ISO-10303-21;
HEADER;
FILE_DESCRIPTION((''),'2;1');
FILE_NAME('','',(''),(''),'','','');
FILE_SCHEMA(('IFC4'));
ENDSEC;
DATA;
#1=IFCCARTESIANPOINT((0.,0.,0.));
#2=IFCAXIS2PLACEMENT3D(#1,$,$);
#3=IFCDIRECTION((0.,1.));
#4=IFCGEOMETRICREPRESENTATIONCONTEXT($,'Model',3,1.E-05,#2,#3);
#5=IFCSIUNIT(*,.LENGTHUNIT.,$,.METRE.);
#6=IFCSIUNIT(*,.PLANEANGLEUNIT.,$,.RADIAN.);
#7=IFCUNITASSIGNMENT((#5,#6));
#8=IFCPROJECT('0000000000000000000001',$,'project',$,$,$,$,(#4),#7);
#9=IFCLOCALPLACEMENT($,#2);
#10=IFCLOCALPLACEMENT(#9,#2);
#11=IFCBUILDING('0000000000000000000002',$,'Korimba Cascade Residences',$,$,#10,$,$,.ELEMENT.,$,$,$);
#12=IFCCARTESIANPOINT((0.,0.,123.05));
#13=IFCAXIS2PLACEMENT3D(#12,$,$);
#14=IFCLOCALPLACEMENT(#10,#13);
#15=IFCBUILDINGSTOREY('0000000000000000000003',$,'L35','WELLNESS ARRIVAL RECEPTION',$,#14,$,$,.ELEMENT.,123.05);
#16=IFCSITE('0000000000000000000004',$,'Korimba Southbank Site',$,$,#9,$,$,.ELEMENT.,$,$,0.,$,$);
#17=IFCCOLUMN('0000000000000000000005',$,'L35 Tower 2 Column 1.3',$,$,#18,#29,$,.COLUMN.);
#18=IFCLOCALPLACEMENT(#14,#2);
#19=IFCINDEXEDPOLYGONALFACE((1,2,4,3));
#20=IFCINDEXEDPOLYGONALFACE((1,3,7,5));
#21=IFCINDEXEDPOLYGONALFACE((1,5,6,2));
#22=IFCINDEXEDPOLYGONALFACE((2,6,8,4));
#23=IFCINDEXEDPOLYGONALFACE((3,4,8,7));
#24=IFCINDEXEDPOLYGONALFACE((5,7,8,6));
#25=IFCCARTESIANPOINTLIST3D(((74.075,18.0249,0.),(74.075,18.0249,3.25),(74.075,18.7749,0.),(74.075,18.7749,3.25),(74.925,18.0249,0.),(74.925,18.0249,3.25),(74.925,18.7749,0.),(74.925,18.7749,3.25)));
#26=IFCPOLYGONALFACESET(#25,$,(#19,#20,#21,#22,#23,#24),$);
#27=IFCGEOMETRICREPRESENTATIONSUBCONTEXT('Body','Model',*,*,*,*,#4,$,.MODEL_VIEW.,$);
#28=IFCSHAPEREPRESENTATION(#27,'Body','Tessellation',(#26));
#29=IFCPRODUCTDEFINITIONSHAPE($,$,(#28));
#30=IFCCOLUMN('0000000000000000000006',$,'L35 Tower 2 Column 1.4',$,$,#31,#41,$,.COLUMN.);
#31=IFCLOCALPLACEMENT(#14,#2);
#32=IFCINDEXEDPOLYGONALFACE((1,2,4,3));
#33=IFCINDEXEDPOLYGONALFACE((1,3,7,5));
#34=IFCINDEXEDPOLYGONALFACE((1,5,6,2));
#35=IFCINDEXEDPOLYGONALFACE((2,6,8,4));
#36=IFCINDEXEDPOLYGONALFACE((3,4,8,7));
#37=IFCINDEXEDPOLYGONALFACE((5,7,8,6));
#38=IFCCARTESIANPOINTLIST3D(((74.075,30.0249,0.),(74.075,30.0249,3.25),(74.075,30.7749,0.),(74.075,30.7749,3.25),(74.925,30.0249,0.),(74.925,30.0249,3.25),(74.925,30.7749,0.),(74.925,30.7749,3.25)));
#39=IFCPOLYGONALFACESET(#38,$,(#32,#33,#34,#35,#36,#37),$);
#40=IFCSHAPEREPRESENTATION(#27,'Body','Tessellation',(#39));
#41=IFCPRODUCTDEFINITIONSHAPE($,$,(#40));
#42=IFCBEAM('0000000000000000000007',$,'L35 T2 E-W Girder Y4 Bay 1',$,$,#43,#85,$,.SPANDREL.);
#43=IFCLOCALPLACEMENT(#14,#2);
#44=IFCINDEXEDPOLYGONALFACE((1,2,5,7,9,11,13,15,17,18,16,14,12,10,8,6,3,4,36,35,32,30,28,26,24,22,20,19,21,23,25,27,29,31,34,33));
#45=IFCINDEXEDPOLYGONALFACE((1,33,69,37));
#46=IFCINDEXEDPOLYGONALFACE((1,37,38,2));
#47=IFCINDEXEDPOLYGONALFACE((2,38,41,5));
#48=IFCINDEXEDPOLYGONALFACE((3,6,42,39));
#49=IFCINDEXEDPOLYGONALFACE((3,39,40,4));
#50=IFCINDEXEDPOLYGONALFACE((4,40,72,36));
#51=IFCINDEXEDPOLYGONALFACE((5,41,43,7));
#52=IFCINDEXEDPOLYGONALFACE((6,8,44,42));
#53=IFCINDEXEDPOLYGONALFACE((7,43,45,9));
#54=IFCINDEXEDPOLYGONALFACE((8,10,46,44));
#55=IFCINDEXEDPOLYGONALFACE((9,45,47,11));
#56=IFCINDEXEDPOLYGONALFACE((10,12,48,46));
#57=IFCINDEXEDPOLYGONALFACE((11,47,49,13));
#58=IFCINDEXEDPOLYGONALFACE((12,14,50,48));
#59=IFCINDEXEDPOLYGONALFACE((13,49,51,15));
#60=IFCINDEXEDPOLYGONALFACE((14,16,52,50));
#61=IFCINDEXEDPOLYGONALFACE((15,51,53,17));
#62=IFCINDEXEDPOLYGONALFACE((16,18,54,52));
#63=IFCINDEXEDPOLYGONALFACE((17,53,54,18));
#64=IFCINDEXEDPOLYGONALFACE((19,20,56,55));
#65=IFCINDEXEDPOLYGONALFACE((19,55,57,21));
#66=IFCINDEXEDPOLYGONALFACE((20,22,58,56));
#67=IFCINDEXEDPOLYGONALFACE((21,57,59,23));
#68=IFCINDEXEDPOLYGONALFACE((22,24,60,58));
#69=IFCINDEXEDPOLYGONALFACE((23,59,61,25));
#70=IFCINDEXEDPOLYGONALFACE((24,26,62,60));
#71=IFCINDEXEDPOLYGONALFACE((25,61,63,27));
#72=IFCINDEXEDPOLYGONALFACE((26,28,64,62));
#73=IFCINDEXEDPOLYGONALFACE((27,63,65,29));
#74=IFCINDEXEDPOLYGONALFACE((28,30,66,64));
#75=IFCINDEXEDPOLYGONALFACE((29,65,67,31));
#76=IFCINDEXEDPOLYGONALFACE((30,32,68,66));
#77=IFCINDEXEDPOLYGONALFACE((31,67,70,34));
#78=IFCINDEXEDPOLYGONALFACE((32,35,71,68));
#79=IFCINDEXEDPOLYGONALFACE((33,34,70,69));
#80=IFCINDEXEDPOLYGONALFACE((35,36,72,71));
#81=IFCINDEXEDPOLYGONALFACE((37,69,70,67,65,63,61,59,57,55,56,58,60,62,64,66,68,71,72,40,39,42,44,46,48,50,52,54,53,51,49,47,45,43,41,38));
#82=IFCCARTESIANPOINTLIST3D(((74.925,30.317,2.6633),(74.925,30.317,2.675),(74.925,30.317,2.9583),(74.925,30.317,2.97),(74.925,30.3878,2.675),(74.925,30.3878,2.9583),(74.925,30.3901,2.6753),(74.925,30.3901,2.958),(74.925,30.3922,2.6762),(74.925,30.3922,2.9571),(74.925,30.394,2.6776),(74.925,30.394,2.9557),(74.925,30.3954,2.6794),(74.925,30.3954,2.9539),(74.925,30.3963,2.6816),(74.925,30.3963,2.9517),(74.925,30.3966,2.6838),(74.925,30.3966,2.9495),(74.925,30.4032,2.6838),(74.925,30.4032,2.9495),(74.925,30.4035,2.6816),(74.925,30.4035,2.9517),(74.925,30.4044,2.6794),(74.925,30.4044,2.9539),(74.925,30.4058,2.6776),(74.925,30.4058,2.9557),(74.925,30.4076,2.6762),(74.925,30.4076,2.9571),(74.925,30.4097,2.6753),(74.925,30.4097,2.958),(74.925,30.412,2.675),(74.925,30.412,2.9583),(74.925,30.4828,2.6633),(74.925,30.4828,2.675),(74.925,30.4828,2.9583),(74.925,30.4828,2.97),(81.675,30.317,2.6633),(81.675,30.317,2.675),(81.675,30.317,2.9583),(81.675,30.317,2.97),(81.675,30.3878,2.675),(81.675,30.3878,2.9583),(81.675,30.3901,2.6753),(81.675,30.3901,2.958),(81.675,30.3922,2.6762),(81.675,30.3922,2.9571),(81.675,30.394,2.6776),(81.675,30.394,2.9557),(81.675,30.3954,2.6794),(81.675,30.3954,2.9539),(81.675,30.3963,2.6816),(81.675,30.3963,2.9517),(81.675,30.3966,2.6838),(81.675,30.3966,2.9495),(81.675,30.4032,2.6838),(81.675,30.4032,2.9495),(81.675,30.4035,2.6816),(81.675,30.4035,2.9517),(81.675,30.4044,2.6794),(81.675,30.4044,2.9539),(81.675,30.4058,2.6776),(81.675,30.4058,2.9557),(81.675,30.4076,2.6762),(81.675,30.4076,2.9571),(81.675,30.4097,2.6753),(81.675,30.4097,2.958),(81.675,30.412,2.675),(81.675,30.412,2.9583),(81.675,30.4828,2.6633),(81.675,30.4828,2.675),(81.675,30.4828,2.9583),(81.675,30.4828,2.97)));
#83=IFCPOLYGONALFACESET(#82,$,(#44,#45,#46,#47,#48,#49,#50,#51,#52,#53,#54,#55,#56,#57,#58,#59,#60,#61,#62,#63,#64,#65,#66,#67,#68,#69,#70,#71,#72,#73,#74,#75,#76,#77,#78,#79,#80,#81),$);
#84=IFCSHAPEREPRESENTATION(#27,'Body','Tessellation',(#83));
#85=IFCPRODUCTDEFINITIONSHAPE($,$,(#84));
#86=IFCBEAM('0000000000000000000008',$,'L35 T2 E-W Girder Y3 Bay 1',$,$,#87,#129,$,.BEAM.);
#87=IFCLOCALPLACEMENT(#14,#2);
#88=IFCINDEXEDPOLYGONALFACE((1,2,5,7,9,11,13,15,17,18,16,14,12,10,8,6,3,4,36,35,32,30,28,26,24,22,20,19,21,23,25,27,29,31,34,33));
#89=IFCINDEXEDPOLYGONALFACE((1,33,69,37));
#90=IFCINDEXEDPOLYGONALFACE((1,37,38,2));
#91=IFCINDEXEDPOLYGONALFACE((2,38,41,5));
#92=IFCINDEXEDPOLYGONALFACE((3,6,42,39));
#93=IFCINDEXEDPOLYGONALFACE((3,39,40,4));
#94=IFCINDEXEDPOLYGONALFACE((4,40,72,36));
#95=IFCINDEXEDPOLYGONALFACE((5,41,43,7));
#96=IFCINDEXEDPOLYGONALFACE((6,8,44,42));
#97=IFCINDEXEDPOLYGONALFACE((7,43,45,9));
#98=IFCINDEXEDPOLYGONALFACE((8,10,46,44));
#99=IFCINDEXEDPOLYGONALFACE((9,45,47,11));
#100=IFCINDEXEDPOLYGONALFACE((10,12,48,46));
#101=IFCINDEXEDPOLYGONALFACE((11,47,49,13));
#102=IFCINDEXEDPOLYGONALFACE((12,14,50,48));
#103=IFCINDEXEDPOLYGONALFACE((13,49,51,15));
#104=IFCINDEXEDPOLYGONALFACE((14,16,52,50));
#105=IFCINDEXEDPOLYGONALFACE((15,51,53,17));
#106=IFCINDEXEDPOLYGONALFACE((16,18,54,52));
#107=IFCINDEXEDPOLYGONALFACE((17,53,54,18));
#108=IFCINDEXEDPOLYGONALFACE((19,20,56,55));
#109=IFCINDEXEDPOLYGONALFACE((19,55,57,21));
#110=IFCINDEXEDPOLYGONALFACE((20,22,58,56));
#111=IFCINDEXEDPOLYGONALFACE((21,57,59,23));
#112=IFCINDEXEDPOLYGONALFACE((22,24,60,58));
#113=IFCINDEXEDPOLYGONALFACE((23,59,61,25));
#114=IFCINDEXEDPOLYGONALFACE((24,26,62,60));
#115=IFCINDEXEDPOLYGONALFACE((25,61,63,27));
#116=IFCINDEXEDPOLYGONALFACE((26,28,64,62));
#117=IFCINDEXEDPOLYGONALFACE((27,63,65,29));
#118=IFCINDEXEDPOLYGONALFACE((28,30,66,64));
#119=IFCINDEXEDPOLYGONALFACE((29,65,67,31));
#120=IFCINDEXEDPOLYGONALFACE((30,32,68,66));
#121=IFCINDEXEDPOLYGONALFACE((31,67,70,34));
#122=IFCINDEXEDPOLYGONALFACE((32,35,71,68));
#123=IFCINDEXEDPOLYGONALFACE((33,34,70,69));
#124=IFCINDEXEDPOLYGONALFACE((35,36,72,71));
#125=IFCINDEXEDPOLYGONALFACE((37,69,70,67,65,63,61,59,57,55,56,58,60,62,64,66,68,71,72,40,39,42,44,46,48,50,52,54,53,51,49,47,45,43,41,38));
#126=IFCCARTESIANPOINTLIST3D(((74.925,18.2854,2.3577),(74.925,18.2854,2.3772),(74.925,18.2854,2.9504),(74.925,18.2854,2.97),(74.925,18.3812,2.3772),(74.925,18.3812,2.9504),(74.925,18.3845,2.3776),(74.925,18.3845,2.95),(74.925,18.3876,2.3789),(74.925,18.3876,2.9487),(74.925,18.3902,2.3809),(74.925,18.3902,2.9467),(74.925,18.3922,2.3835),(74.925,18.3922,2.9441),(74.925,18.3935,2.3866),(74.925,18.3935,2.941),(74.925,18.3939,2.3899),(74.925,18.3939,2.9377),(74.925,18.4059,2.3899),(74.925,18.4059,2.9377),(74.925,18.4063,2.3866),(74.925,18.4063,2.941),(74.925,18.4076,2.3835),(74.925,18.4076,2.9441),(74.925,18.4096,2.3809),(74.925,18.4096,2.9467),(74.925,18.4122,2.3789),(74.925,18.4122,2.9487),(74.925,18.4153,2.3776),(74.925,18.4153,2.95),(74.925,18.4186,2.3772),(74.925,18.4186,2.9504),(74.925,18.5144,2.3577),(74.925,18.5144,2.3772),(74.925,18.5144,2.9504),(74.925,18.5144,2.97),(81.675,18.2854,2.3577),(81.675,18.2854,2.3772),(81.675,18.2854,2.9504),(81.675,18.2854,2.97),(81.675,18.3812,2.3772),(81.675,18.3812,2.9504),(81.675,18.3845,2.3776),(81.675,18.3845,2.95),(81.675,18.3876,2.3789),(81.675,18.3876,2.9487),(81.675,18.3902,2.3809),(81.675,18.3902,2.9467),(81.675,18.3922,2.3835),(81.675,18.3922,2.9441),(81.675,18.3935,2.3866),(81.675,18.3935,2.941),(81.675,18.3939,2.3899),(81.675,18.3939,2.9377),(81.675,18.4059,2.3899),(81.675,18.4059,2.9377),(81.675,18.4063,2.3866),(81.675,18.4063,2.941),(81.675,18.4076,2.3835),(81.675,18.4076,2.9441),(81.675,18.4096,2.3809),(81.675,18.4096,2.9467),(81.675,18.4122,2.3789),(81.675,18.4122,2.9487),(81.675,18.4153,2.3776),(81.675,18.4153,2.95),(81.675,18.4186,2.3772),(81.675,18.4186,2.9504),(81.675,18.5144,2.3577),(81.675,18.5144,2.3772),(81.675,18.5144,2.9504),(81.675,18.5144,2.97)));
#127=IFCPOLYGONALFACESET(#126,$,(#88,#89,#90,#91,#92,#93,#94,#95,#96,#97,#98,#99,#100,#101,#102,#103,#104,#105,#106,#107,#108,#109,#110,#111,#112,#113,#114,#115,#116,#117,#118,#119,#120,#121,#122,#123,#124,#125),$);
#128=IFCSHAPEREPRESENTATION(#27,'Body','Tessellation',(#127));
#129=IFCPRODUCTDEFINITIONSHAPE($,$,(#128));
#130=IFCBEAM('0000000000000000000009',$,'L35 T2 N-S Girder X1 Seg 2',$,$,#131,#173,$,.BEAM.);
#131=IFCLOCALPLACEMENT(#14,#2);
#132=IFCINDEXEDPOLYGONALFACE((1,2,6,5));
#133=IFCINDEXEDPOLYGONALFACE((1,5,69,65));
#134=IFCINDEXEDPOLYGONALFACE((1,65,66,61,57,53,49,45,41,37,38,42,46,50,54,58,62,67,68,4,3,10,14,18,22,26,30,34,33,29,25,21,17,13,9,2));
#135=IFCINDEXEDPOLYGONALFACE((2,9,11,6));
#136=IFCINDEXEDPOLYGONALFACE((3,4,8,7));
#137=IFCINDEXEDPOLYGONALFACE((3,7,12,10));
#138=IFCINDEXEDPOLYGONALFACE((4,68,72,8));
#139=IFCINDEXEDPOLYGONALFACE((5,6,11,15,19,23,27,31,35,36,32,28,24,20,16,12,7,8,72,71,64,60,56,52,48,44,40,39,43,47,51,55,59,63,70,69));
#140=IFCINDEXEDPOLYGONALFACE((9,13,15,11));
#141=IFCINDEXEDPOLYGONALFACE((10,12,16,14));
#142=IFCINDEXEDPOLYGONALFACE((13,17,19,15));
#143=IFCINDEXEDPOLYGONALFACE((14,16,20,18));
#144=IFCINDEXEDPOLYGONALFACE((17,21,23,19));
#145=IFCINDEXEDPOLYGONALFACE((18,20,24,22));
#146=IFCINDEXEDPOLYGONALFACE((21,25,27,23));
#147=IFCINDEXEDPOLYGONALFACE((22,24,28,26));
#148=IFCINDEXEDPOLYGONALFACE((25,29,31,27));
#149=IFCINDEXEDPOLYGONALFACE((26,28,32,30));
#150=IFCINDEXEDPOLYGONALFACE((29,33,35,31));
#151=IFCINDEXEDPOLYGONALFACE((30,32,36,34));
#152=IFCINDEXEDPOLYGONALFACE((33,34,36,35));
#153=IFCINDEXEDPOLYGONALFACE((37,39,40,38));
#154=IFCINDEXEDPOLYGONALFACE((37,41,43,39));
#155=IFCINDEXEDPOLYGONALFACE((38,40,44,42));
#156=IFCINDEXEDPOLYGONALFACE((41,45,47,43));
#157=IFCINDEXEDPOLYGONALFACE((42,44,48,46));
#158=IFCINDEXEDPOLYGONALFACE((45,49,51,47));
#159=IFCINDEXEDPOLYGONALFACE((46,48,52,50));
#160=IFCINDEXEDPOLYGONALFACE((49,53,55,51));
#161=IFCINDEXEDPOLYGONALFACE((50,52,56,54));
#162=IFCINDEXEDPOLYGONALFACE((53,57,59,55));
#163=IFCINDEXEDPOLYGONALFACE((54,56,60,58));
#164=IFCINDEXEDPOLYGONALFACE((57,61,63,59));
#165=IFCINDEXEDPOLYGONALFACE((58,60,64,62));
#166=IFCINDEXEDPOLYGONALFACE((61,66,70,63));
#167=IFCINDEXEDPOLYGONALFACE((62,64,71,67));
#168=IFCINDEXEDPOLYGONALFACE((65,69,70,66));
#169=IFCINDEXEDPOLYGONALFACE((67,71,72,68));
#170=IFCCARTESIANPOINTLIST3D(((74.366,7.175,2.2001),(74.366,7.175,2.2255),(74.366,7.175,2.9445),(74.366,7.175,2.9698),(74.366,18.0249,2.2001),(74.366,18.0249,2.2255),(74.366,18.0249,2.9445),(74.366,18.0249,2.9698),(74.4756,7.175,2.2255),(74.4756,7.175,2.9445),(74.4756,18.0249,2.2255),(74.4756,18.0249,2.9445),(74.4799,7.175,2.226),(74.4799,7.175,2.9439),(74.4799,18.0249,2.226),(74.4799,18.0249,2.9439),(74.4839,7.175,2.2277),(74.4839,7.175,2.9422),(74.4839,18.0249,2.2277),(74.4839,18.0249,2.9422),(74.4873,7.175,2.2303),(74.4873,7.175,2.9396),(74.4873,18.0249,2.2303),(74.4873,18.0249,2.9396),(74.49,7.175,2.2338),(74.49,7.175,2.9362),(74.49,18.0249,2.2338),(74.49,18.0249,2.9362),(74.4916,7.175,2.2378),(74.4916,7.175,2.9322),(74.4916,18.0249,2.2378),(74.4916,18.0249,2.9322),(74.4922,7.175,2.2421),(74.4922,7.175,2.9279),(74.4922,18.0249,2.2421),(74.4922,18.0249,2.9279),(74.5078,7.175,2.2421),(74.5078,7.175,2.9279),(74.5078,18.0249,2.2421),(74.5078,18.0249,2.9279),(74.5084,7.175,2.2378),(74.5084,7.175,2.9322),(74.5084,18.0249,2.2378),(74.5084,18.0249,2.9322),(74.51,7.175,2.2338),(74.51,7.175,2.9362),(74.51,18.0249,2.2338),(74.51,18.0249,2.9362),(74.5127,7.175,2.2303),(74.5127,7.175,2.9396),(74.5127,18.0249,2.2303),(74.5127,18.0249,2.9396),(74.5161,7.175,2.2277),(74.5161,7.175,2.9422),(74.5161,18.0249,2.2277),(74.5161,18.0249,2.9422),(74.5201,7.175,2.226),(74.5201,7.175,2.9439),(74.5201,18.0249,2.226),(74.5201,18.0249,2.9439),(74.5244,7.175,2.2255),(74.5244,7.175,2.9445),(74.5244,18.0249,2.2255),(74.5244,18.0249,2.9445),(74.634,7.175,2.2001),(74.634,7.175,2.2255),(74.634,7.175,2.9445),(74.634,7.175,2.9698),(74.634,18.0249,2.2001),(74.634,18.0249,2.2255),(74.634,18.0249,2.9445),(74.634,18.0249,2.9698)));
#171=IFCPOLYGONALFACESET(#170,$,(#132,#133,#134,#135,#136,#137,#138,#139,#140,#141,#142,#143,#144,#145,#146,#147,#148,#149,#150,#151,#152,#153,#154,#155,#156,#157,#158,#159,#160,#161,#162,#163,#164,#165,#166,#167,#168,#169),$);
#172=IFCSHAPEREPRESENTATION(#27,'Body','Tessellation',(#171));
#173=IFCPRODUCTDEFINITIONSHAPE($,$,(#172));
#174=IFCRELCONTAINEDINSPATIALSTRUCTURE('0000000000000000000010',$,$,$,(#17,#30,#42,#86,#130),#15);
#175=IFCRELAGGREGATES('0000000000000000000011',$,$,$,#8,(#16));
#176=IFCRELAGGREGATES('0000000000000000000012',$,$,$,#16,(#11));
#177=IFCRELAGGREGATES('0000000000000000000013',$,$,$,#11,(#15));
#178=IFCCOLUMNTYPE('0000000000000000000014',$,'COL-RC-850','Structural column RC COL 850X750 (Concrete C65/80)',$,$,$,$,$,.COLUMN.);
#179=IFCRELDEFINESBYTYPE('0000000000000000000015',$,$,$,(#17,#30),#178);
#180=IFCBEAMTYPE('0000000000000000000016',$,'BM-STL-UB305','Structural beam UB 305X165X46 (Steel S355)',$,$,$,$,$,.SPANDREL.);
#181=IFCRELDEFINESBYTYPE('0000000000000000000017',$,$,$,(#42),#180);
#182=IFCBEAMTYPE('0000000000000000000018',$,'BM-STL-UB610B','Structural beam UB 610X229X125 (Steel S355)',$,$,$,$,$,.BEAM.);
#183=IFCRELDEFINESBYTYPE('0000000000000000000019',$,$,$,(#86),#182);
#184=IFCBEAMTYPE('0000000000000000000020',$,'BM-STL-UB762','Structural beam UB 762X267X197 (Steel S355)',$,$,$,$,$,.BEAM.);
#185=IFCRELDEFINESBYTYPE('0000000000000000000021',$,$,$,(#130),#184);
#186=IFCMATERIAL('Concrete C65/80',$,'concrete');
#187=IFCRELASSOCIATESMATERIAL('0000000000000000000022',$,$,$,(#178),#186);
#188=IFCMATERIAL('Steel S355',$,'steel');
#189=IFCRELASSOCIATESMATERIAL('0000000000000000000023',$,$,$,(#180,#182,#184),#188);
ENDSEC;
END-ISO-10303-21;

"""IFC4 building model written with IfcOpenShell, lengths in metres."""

from ifc_helpers import new_model, si_unit, direction, frame, origin, origin_2d, place, context, subcontext, project, spatial, rectangle, i_section, extrude, material, material_profile, profile_set, type_object, element, save


model = new_model("IFC4")

# Units and contexts
model_context = context("Model", 3, precision=1e-05, world=origin(), true_north=direction((0.0, 1.0)))
body_context = subcontext(model_context, "Body", "Model", "MODEL_VIEW")
ifc_project = project(units=[si_unit("LENGTHUNIT", "METRE"), si_unit("PLANEANGLEUNIT", "RADIAN")], contexts=[model_context])

# Site, building, storey
site_placement = place(None, origin())
site = spatial("IfcSite", under=ifc_project, at=site_placement, Name="Korimba Southbank Site", CompositionType="ELEMENT", RefElevation=0.0)
building_placement = place(site_placement, origin())
building = spatial("IfcBuilding", under=site, at=building_placement, Name="Korimba Cascade Residences", CompositionType="ELEMENT")
storey_placement = place(building_placement, frame((0.0, 0.0, 123.05)))
storey = spatial("IfcBuildingStorey", under=building, at=storey_placement, Name="L35", Description="WELLNESS ARRIVAL RECEPTION", CompositionType="ELEMENT", Elevation=123.05)

# Columns
ifc_material_1 = material(Name="Concrete C65/80", Category="concrete")
ifc_material_profile_1 = material_profile(ifc_material_1, rectangle(XDim=0.8501, YDim=0.75, at=origin_2d()), Name="Concrete C65/80")
ifc_profile_set_1 = profile_set([ifc_material_profile_1], Name="Concrete C65/80")
column_type = type_object("IfcColumnType", Name="COL-RC-850", Description="Structural column RC COL 850X750 (Concrete C65/80)", PredefinedType="COLUMN", material=ifc_profile_set_1)
for number, where, z_axis, x_axis, name in (
    (1, (74.5, 18.3999, 0.0), (0.0, 0.0, 1.0), (1.0, 0.0, 0.0), "L35 Tower 2 Column 1.3"),
    (2, (74.5, 30.3999, 0.0), (0.0, 0.0, 1.0), (1.0, 0.0, 0.0), "L35 Tower 2 Column 1.4"),
):
    element("IfcColumn", number, at=place(storey_placement, frame(where, z_axis=z_axis, x_axis=x_axis)), inside=storey, type_object=column_type, Name=name, PredefinedType="COLUMN", context=body_context, shape_type="SweptSolid", body=[
        extrude(rectangle(XDim=0.8501, YDim=0.75, at=origin_2d()), origin(), (0.0, 0.0, 1.0), 3.25),
    ])

# Beams
ifc_material_2 = material(Name="Steel S355", Category="steel")
ifc_material_profile_2 = material_profile(ifc_material_2, i_section(OverallWidth=0.1658, OverallDepth=0.3066, WebThickness=0.0066, FlangeThickness=0.0117, FilletRadius=0.0088, at=origin_2d()), Name="Steel S355")
ifc_profile_set_2 = profile_set([ifc_material_profile_2], Name="Steel S355")
beam_type_1 = type_object("IfcBeamType", Name="BM-STL-UB305", Description="Structural beam UB 305X165X46 (Steel S355)", PredefinedType="SPANDREL", material=ifc_profile_set_2)
beam_1_placement = place(storey_placement, frame((74.925, 30.3999, 2.8167), z_axis=(1.0, 0.0, 0.0), x_axis=(0.0, 1.0, 0.0)))
element("IfcBeam", 3, at=beam_1_placement, inside=storey, type_object=beam_type_1, Name="L35 T2 E-W Girder Y4 Bay 1", PredefinedType="SPANDREL", context=body_context, shape_type="SweptSolid", body=[
    extrude(i_section(OverallWidth=0.1658, OverallDepth=0.3066, WebThickness=0.0066, FlangeThickness=0.0117, FilletRadius=0.0088, at=origin_2d()), origin(), (0.0, 0.0, 1.0), 6.75),
])
ifc_material_profile_3 = material_profile(ifc_material_2, i_section(OverallWidth=0.229, OverallDepth=0.6123, WebThickness=0.012, FlangeThickness=0.0195, FilletRadius=0.0127, at=origin_2d()), Name="Steel S355")
ifc_profile_set_3 = profile_set([ifc_material_profile_3], Name="Steel S355")
beam_type_2 = type_object("IfcBeamType", Name="BM-STL-UB610B", Description="Structural beam UB 610X229X125 (Steel S355)", PredefinedType="BEAM", material=ifc_profile_set_3)
beam_2_placement = place(storey_placement, frame((74.925, 18.3999, 2.6638), z_axis=(1.0, 0.0, 0.0), x_axis=(0.0, 1.0, 0.0)))
element("IfcBeam", 4, at=beam_2_placement, inside=storey, type_object=beam_type_2, Name="L35 T2 E-W Girder Y3 Bay 1", PredefinedType="BEAM", context=body_context, shape_type="SweptSolid", body=[
    extrude(i_section(OverallWidth=0.229, OverallDepth=0.6123, WebThickness=0.012, FlangeThickness=0.0195, FilletRadius=0.0127, at=origin_2d()), origin(), (0.0, 0.0, 1.0), 6.75),
])
ifc_material_profile_4 = material_profile(ifc_material_2, i_section(OverallWidth=0.2681, OverallDepth=0.7698, WebThickness=0.0156, FlangeThickness=0.0254, FilletRadius=0.0166, at=origin_2d()), Name="Steel S355")
ifc_profile_set_4 = profile_set([ifc_material_profile_4], Name="Steel S355")
beam_type_3 = type_object("IfcBeamType", Name="BM-STL-UB762", Description="Structural beam UB 762X267X197 (Steel S355)", PredefinedType="BEAM", material=ifc_profile_set_4)
beam_3_placement = place(storey_placement, frame((74.5, 7.175, 2.585), z_axis=(0.0, 1.0, 0.0), x_axis=(-1.0, 0.0, 0.0)))
element("IfcBeam", 5, at=beam_3_placement, inside=storey, type_object=beam_type_3, Name="L35 T2 N-S Girder X1 Seg 2", PredefinedType="BEAM", context=body_context, shape_type="SweptSolid", body=[
    extrude(i_section(OverallWidth=0.2681, OverallDepth=0.7698, WebThickness=0.0156, FlangeThickness=0.0254, FilletRadius=0.0166, at=origin_2d()), origin(), (0.0, 0.0, 1.0), 10.8499),
])

save(model, "model.ifc")
